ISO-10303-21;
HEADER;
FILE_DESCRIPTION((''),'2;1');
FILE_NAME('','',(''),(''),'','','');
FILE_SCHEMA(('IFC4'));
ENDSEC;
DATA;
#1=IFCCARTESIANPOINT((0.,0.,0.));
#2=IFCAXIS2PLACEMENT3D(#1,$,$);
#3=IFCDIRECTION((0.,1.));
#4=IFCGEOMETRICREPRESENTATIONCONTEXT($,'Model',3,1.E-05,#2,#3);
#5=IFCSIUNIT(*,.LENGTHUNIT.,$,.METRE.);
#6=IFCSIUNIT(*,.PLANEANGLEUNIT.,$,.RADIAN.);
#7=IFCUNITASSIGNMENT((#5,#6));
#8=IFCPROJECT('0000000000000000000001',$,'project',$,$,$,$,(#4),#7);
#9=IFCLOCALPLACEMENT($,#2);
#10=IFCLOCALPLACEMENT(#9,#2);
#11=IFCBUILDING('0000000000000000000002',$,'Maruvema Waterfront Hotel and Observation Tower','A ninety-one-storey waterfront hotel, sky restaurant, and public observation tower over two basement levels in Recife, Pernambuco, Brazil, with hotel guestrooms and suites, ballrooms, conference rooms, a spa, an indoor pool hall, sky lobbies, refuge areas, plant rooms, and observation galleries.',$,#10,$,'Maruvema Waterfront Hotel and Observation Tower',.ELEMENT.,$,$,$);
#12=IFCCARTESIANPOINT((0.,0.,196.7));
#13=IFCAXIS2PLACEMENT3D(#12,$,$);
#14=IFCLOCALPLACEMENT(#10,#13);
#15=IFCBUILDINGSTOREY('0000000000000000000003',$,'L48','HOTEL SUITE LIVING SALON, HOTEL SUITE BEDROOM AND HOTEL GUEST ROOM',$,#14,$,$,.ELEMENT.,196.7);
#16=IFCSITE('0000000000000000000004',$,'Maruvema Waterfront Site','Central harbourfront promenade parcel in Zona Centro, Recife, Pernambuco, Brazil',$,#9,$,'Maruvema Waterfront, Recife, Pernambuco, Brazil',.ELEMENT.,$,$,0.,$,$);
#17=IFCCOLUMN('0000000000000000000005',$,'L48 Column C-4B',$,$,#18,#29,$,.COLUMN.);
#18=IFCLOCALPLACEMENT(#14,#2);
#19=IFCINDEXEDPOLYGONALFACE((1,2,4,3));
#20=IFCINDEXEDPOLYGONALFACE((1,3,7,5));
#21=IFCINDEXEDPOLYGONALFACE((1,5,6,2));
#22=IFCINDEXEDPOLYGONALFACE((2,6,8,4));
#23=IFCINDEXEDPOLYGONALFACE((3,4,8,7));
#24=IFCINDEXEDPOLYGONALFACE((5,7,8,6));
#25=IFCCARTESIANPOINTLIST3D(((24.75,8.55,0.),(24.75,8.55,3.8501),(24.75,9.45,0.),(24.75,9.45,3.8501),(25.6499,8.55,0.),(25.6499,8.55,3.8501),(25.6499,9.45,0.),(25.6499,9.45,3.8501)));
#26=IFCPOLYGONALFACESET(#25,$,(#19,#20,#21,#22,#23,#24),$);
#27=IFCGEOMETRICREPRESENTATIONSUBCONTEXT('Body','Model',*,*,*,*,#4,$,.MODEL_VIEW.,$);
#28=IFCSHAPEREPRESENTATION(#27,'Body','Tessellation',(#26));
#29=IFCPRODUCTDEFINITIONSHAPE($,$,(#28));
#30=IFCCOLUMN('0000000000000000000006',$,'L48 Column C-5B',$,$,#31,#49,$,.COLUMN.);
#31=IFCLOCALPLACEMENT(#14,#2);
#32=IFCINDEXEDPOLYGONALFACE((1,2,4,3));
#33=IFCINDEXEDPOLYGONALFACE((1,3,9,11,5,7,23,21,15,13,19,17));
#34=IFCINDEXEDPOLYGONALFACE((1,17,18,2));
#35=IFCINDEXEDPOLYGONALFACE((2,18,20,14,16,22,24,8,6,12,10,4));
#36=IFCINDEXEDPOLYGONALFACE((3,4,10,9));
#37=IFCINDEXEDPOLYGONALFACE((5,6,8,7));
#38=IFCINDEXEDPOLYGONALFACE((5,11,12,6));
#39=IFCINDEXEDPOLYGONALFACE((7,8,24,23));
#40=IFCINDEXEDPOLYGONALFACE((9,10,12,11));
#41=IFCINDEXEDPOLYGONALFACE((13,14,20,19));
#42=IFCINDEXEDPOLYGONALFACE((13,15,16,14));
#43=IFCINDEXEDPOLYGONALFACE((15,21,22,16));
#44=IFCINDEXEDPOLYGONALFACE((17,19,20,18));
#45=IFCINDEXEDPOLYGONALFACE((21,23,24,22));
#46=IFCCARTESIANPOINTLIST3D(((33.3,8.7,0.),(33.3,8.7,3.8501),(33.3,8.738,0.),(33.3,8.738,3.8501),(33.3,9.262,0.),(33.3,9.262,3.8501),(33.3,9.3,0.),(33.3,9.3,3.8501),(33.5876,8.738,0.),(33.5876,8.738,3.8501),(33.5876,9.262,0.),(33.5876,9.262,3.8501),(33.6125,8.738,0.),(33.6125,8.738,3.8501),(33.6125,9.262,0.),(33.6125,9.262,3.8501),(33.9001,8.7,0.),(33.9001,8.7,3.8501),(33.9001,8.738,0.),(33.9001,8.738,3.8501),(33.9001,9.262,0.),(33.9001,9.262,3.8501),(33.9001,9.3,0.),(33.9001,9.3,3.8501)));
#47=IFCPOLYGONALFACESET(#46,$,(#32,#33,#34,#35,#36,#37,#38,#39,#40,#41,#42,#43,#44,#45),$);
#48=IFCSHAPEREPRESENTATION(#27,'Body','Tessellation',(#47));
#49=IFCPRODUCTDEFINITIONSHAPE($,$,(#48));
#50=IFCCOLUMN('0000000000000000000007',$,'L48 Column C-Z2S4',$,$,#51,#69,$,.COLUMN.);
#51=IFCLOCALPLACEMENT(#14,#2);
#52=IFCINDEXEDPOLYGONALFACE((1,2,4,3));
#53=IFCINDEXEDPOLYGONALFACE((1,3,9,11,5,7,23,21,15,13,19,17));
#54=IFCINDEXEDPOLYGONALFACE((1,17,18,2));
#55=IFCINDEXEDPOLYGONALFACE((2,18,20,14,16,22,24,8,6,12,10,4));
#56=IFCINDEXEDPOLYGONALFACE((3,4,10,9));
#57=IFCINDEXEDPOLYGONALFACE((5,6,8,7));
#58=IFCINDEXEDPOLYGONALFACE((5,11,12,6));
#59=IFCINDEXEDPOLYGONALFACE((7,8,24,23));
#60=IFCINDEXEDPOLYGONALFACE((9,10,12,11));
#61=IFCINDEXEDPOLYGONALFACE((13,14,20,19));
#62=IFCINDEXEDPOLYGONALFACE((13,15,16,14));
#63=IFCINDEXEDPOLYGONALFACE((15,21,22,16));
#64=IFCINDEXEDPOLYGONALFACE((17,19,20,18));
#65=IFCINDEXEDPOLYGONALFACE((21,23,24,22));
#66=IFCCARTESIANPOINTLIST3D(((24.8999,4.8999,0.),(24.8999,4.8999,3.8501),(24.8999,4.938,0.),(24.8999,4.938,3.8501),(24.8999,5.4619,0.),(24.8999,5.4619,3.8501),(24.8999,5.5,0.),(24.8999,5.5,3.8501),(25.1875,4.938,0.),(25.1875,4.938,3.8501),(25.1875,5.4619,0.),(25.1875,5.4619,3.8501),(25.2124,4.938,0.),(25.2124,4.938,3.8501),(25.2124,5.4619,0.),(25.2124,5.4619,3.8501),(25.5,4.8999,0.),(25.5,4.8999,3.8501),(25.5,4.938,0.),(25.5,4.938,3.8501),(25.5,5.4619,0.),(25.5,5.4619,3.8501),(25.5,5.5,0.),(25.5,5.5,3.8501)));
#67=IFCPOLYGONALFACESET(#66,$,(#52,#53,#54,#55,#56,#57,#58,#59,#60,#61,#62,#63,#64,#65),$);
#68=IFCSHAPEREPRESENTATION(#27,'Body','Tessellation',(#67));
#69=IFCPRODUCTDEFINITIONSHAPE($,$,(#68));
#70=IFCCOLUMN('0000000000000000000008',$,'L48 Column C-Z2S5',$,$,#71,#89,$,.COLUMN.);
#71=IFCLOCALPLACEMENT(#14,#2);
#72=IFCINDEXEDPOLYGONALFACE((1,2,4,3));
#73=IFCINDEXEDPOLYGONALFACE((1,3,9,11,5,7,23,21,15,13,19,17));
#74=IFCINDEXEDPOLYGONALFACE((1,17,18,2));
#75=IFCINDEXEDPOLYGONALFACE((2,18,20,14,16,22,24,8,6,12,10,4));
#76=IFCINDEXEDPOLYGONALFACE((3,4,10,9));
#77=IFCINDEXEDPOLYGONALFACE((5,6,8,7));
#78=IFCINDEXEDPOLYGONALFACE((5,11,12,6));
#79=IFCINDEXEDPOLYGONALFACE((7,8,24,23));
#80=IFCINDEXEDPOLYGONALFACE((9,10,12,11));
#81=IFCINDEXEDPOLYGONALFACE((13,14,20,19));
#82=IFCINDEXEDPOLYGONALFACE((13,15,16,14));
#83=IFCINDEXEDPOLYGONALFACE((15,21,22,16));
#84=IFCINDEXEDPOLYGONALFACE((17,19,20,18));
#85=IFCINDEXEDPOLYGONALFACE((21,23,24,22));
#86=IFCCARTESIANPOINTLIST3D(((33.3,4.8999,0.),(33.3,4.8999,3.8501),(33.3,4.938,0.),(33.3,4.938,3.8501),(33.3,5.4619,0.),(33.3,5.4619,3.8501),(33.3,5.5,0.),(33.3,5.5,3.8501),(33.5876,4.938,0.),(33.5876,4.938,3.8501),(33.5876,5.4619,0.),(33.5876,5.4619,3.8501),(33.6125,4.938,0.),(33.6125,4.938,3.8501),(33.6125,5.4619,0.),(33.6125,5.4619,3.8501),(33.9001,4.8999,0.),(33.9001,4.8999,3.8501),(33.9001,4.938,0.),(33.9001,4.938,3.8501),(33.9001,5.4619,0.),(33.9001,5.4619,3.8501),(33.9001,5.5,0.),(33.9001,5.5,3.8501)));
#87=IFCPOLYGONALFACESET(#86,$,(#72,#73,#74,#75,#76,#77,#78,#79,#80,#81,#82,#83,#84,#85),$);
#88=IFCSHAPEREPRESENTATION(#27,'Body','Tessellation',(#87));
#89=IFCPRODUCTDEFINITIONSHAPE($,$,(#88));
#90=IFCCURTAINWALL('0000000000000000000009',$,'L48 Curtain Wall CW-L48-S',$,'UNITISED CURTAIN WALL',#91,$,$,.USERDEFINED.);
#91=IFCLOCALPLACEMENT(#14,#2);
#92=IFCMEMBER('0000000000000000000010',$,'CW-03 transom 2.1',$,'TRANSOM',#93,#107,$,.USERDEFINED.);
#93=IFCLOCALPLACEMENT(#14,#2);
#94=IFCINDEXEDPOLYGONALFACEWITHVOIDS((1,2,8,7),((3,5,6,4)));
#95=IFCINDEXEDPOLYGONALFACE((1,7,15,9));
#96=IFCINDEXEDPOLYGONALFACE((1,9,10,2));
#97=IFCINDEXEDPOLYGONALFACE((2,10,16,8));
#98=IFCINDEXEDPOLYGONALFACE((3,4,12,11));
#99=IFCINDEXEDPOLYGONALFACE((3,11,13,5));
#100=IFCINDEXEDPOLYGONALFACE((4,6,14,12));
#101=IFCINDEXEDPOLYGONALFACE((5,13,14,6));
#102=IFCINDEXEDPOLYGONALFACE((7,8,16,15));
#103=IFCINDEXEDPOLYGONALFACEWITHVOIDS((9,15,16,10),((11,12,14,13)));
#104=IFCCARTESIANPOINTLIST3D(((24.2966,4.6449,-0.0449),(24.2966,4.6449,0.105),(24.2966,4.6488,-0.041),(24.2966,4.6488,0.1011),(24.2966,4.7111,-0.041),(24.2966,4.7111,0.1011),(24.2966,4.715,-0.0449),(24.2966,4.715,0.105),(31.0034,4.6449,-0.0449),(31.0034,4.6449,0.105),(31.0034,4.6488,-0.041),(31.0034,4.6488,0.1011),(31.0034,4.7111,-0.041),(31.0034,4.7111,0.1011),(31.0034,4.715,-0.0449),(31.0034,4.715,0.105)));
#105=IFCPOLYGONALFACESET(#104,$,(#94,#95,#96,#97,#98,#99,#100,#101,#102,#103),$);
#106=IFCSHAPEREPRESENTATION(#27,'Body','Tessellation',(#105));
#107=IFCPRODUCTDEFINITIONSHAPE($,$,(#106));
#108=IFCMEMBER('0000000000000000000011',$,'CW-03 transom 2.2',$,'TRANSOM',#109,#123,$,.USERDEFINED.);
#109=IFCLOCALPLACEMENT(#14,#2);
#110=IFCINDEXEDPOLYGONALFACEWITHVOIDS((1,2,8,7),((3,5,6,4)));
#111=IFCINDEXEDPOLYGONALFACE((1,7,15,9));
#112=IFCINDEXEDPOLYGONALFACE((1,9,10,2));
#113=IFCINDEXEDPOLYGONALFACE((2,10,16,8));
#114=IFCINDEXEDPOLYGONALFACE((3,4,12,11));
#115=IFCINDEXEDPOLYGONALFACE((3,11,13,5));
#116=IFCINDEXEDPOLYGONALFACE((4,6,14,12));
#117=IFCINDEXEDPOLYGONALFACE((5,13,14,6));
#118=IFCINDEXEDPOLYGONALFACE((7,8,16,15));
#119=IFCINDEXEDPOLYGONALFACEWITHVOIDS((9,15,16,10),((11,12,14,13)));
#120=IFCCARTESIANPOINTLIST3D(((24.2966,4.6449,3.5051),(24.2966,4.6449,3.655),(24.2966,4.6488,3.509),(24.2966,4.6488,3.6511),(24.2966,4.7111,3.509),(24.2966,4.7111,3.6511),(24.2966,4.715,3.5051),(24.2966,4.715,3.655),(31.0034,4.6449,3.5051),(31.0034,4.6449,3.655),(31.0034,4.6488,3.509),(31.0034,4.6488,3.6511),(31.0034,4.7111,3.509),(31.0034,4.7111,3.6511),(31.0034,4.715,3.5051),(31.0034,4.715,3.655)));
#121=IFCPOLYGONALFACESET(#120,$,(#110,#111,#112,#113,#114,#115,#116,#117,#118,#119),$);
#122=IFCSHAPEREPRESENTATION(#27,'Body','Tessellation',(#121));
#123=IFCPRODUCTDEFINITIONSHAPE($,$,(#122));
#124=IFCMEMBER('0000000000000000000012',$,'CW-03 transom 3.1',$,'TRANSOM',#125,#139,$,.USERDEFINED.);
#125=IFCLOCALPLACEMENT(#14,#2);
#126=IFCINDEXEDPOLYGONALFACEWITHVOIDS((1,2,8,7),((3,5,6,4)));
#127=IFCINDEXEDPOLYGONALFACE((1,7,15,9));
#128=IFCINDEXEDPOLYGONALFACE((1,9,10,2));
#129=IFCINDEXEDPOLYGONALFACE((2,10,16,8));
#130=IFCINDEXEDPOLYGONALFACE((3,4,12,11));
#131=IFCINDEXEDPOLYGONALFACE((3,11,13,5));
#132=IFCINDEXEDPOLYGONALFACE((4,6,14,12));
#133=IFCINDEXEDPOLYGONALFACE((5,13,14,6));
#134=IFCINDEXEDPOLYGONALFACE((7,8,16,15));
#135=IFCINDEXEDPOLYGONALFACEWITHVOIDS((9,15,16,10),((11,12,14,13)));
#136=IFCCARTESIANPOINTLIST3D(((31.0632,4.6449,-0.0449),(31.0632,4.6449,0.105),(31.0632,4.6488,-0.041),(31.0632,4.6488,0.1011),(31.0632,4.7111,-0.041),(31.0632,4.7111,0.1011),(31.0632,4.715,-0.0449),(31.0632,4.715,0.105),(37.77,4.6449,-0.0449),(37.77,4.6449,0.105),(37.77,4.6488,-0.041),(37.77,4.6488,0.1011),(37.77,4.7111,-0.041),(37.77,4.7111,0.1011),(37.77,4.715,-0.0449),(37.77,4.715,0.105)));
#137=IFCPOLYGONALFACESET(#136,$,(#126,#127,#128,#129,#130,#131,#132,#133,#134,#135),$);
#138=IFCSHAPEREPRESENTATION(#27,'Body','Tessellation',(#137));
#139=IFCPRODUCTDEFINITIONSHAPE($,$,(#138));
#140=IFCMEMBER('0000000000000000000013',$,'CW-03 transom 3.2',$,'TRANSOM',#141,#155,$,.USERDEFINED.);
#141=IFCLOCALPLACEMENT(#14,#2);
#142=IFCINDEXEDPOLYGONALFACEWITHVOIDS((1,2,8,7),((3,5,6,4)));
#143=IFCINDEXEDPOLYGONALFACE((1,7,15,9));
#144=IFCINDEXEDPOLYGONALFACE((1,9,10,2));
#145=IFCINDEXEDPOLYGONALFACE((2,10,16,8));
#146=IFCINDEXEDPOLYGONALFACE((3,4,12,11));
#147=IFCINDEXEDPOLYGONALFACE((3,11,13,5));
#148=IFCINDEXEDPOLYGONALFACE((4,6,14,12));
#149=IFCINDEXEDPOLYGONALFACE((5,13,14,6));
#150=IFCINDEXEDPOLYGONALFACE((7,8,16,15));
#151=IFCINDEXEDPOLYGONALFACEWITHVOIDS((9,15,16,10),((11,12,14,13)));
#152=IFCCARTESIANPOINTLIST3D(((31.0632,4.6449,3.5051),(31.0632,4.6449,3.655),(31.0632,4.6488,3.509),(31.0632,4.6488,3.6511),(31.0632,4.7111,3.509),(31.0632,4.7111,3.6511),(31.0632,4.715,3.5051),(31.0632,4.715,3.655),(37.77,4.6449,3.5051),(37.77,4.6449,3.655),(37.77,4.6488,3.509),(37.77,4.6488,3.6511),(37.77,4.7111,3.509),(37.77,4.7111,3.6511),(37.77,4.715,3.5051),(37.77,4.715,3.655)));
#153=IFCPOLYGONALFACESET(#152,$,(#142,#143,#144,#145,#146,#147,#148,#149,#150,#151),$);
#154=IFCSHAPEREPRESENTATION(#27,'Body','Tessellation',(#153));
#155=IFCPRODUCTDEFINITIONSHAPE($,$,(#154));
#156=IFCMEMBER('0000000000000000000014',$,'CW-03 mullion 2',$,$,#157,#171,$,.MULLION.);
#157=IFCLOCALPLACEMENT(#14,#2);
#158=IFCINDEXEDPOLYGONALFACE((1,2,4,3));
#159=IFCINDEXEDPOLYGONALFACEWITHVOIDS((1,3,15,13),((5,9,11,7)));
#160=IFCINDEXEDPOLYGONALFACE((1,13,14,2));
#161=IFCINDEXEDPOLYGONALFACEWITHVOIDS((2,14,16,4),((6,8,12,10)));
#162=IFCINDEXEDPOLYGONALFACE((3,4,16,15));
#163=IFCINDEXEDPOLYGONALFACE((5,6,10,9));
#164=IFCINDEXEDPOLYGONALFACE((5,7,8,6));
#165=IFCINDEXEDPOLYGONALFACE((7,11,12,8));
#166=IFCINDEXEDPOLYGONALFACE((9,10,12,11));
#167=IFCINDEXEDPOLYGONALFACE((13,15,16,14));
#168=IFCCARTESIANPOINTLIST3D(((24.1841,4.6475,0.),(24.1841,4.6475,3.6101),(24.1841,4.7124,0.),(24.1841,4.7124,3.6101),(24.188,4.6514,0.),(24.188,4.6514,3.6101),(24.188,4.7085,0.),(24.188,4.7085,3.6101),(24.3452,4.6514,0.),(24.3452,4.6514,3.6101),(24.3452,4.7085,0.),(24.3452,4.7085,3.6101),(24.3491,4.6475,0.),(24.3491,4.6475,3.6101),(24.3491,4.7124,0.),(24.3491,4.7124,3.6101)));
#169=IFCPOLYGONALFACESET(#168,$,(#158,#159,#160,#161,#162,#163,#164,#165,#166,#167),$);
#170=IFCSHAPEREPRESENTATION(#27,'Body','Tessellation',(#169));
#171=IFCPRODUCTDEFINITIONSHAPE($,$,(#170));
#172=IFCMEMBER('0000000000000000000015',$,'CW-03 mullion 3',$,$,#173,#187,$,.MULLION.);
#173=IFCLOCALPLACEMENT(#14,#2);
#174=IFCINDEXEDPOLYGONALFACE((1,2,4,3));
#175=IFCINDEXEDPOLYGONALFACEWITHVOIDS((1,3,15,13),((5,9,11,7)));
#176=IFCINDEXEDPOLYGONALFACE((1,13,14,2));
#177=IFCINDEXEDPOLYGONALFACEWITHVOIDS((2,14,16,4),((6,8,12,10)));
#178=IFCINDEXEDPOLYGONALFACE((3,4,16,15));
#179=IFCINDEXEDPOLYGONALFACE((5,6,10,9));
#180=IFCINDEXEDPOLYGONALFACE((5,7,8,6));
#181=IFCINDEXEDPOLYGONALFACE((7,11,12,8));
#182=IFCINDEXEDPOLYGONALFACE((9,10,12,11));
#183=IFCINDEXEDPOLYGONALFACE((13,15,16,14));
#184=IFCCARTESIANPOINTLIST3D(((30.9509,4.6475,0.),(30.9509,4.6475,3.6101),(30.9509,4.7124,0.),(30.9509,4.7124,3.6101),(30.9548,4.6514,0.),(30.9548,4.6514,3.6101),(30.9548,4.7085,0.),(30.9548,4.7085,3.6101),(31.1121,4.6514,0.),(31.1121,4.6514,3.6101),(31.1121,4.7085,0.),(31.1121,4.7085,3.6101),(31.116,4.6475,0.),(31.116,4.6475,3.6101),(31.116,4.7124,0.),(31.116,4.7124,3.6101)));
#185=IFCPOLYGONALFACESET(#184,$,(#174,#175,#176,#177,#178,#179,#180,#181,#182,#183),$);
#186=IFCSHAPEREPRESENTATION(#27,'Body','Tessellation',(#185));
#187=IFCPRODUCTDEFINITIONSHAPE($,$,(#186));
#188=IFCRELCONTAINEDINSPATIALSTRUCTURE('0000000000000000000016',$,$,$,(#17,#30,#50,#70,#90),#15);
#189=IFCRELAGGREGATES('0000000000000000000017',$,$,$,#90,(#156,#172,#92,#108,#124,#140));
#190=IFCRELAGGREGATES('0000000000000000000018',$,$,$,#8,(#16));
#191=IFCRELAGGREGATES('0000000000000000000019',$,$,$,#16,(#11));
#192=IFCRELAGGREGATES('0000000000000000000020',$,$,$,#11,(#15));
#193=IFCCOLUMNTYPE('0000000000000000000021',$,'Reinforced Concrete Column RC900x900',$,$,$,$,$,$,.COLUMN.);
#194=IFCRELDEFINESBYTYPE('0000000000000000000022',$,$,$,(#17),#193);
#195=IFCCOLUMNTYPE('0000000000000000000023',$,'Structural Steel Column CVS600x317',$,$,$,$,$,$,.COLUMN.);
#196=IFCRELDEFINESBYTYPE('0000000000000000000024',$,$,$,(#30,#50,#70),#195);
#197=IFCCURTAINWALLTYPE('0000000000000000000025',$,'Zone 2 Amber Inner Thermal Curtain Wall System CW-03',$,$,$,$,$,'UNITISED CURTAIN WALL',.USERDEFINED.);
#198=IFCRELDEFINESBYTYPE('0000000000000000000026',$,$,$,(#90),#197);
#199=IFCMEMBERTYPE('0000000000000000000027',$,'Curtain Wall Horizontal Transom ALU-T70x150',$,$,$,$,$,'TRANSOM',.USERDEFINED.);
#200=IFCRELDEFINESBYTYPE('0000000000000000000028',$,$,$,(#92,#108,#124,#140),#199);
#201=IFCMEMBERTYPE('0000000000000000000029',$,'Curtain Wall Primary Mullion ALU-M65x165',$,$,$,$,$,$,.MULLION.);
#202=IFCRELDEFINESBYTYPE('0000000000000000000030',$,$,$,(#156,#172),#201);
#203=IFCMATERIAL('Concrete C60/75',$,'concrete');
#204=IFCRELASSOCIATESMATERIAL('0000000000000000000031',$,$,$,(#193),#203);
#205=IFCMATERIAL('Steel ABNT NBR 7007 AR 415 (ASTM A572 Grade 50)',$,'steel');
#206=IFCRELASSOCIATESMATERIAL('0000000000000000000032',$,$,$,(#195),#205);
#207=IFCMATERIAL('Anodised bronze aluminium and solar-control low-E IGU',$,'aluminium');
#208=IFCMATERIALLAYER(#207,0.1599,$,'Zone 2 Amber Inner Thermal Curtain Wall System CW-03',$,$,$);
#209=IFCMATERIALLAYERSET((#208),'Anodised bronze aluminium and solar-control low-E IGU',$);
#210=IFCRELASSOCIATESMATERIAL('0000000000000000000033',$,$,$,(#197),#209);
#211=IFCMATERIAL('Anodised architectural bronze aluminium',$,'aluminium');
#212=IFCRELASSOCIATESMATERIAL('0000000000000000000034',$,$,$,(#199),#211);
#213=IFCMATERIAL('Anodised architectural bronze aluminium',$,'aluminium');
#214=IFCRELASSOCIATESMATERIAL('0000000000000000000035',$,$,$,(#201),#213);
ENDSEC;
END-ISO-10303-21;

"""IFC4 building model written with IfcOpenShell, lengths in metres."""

from ifc_helpers import new_model, si_unit, direction, frame, origin, origin_2d, place, context, subcontext, project, spatial, rectangle, hollow_rectangle, i_section, extrude, material, layer, layer_set, material_profile, profile_set, type_object, element, aggregate, save


model = new_model("IFC4")

# Units and contexts
model_context = context("Model", 3, precision=1e-05, world=origin(), true_north=direction((0.0, 1.0)))
body_context = subcontext(model_context, "Body", "Model", "MODEL_VIEW")
ifc_project = project(units=[si_unit("LENGTHUNIT", "METRE"), si_unit("PLANEANGLEUNIT", "RADIAN")], contexts=[model_context])

# Site, building, storey
site_placement = place(None, origin())
site = spatial("IfcSite", under=ifc_project, at=site_placement, Name="Maruvema Waterfront Site", Description="Central harbourfront promenade parcel in Zona Centro, Recife, Pernambuco, Brazil", LongName="Maruvema Waterfront, Recife, Pernambuco, Brazil", CompositionType="ELEMENT", RefElevation=0.0)
building_placement = place(site_placement, origin())
building = spatial("IfcBuilding", under=site, at=building_placement, Name="Maruvema Waterfront Hotel and Observation Tower", Description="A ninety-one-storey waterfront hotel, sky restaurant, and public observation tower over two basement levels in Recife, Pernambuco, Brazil, with hotel guestrooms and suites, ballrooms, conference rooms, a spa, an indoor pool hall, sky lobbies, refuge areas, plant rooms, and observation galleries.", LongName="Maruvema Waterfront Hotel and Observation Tower", CompositionType="ELEMENT")
storey_placement = place(building_placement, frame((0.0, 0.0, 196.7)))
storey = spatial("IfcBuildingStorey", under=building, at=storey_placement, Name="L48", Description="HOTEL SUITE LIVING SALON, HOTEL SUITE BEDROOM AND HOTEL GUEST ROOM", CompositionType="ELEMENT", Elevation=196.7)

# Columns
ifc_material_1 = material(Name="Concrete C60/75", Category="concrete")
ifc_material_profile_1 = material_profile(ifc_material_1, rectangle(XDim=0.8999, YDim=0.8999, at=origin_2d()), Name="RC900x900")
ifc_profile_set_1 = profile_set([ifc_material_profile_1], Name="Concrete C60/75")
column_type_1 = type_object("IfcColumnType", Name="Reinforced Concrete Column RC900x900", PredefinedType="COLUMN", material=ifc_profile_set_1)
column_placement = place(storey_placement, frame((25.2, 9.0, 0.0), z_axis=(0.0, 0.0, 1.0), x_axis=(1.0, 0.0, 0.0)))
element("IfcColumn", 1, at=column_placement, inside=storey, type_object=column_type_1, Name="L48 Column C-4B", PredefinedType="COLUMN", context=body_context, shape_type="SweptSolid", body=[
    extrude(rectangle(XDim=0.8999, YDim=0.8999, at=origin_2d()), origin(), (0.0, 0.0, 1.0), 3.8501),
])
ifc_material_2 = material(Name="Steel ABNT NBR 7007 AR 415 (ASTM A572 Grade 50)", Category="steel")
ifc_material_profile_2 = material_profile(ifc_material_2, i_section(OverallWidth=0.6001, OverallDepth=0.6001, WebThickness=0.0249, FlangeThickness=0.0381, at=origin_2d()), Name="CVS600x317")
ifc_profile_set_2 = profile_set([ifc_material_profile_2], Name="Steel ABNT NBR 7007 AR 415 (ASTM A572 Grade 50)")
column_type_2 = type_object("IfcColumnType", Name="Structural Steel Column CVS600x317", PredefinedType="COLUMN", material=ifc_profile_set_2)
for number, where, z_axis, x_axis, name in (
    (2, (33.6001, 9.0, 0.0), (0.0, 0.0, 1.0), (1.0, 0.0, 0.0), "L48 Column C-5B"),
    (3, (25.2, 5.2, 0.0), (0.0, 0.0, 1.0), (1.0, 0.0, 0.0), "L48 Column C-Z2S4"),
    (4, (33.6001, 5.2, 0.0), (0.0, 0.0, 1.0), (1.0, 0.0, 0.0), "L48 Column C-Z2S5"),
):
    element("IfcColumn", number, at=place(storey_placement, frame(where, z_axis=z_axis, x_axis=x_axis)), inside=storey, type_object=column_type_2, Name=name, PredefinedType="COLUMN", context=body_context, shape_type="SweptSolid", body=[
        extrude(i_section(OverallWidth=0.6001, OverallDepth=0.6001, WebThickness=0.0249, FlangeThickness=0.0381, at=origin_2d()), origin(), (0.0, 0.0, 1.0), 3.8501),
    ])

# Curtain wall, members
ifc_material_3 = material(Name="Anodised bronze aluminium and solar-control low-E IGU", Category="aluminium")
ifc_layer_1 = layer(ifc_material_3, 0.1599, Name="Zone 2 Amber Inner Thermal Curtain Wall System CW-03")
ifc_layer_set_1 = layer_set([ifc_layer_1], Name="Anodised bronze aluminium and solar-control low-E IGU")
curtain_wall_type = type_object("IfcCurtainWallType", Name="Zone 2 Amber Inner Thermal Curtain Wall System CW-03", ElementType="UNITISED CURTAIN WALL", PredefinedType="USERDEFINED", material=ifc_layer_set_1)
curtain_wall_placement = place(storey_placement, origin())
curtain_wall = element("IfcCurtainWall", 5, at=curtain_wall_placement, inside=storey, type_object=curtain_wall_type, Name="L48 Curtain Wall CW-L48-S", ObjectType="UNITISED CURTAIN WALL", PredefinedType="USERDEFINED")
ifc_material_4 = material(Name="Anodised architectural bronze aluminium", Category="aluminium")
ifc_material_profile_3 = material_profile(ifc_material_4, hollow_rectangle(XDim=0.0701, YDim=0.1499, WallThickness=0.0039, at=origin_2d()), Name="ALU-T70x150")
ifc_profile_set_3 = profile_set([ifc_material_profile_3], Name="Anodised architectural bronze aluminium")
member_type_1 = type_object("IfcMemberType", Name="Curtain Wall Horizontal Transom ALU-T70x150", ElementType="TRANSOM", PredefinedType="USERDEFINED", material=ifc_profile_set_3)
member_1_placement = place(storey_placement, frame((24.2966, 4.6799, 0.03), z_axis=(1.0, 0.0, 0.0), x_axis=(0.0, 1.0, 0.0)))
member_1 = element("IfcMember", 6, at=member_1_placement, type_object=member_type_1, Name="CW-03 transom 2.1", ObjectType="TRANSOM", PredefinedType="USERDEFINED", context=body_context, shape_type="SweptSolid", body=[
    extrude(hollow_rectangle(XDim=0.0701, YDim=0.1499, WallThickness=0.0039, at=origin_2d()), origin(), (0.0, 0.0, 1.0), 6.7068),
])
member_2_placement = place(storey_placement, frame((24.2966, 4.6799, 3.5801), z_axis=(1.0, 0.0, 0.0), x_axis=(0.0, 1.0, 0.0)))
member_2 = element("IfcMember", 7, at=member_2_placement, type_object=member_type_1, Name="CW-03 transom 2.2", ObjectType="TRANSOM", PredefinedType="USERDEFINED", context=body_context, shape_type="SweptSolid", body=[
    extrude(hollow_rectangle(XDim=0.0701, YDim=0.1499, WallThickness=0.0039, at=origin_2d()), origin(), (0.0, 0.0, 1.0), 6.7068),
])
member_3_placement = place(storey_placement, frame((31.0632, 4.6799, 0.03), z_axis=(1.0, 0.0, 0.0), x_axis=(0.0, 1.0, 0.0)))
member_3 = element("IfcMember", 8, at=member_3_placement, type_object=member_type_1, Name="CW-03 transom 3.1", ObjectType="TRANSOM", PredefinedType="USERDEFINED", context=body_context, shape_type="SweptSolid", body=[
    extrude(hollow_rectangle(XDim=0.0701, YDim=0.1499, WallThickness=0.0039, at=origin_2d()), origin(), (0.0, 0.0, 1.0), 6.7068),
])
member_4_placement = place(storey_placement, frame((31.0632, 4.6799, 3.5801), z_axis=(1.0, 0.0, 0.0), x_axis=(0.0, 1.0, 0.0)))
member_4 = element("IfcMember", 9, at=member_4_placement, type_object=member_type_1, Name="CW-03 transom 3.2", ObjectType="TRANSOM", PredefinedType="USERDEFINED", context=body_context, shape_type="SweptSolid", body=[
    extrude(hollow_rectangle(XDim=0.0701, YDim=0.1499, WallThickness=0.0039, at=origin_2d()), origin(), (0.0, 0.0, 1.0), 6.7068),
])
ifc_material_5 = material(Name="Anodised architectural bronze aluminium", Category="aluminium")
ifc_material_profile_4 = material_profile(ifc_material_5, hollow_rectangle(XDim=0.0649, YDim=0.165, WallThickness=0.0039, at=origin_2d()), Name="ALU-M65x165")
ifc_profile_set_4 = profile_set([ifc_material_profile_4], Name="Anodised architectural bronze aluminium")
member_type_2 = type_object("IfcMemberType", Name="Curtain Wall Primary Mullion ALU-M65x165", PredefinedType="MULLION", material=ifc_profile_set_4)
member_5_placement = place(storey_placement, frame((24.2666, 4.6799, 0.0), z_axis=(0.0, 0.0, 1.0), x_axis=(0.0, 1.0, 0.0)))
member_5 = element("IfcMember", 10, at=member_5_placement, type_object=member_type_2, Name="CW-03 mullion 2", PredefinedType="MULLION", context=body_context, shape_type="SweptSolid", body=[
    extrude(hollow_rectangle(XDim=0.0649, YDim=0.165, WallThickness=0.0039, at=origin_2d()), origin(), (0.0, 0.0, 1.0), 3.6101),
])
member_6_placement = place(storey_placement, frame((31.0334, 4.6799, 0.0), z_axis=(0.0, 0.0, 1.0), x_axis=(0.0, 1.0, 0.0)))
member_6 = element("IfcMember", 11, at=member_6_placement, type_object=member_type_2, Name="CW-03 mullion 3", PredefinedType="MULLION", context=body_context, shape_type="SweptSolid", body=[
    extrude(hollow_rectangle(XDim=0.0649, YDim=0.165, WallThickness=0.0039, at=origin_2d()), origin(), (0.0, 0.0, 1.0), 3.6101),
])

aggregate(curtain_wall, [member_5, member_6, member_1, member_2, member_3, member_4])

save(model, "model.ifc")
